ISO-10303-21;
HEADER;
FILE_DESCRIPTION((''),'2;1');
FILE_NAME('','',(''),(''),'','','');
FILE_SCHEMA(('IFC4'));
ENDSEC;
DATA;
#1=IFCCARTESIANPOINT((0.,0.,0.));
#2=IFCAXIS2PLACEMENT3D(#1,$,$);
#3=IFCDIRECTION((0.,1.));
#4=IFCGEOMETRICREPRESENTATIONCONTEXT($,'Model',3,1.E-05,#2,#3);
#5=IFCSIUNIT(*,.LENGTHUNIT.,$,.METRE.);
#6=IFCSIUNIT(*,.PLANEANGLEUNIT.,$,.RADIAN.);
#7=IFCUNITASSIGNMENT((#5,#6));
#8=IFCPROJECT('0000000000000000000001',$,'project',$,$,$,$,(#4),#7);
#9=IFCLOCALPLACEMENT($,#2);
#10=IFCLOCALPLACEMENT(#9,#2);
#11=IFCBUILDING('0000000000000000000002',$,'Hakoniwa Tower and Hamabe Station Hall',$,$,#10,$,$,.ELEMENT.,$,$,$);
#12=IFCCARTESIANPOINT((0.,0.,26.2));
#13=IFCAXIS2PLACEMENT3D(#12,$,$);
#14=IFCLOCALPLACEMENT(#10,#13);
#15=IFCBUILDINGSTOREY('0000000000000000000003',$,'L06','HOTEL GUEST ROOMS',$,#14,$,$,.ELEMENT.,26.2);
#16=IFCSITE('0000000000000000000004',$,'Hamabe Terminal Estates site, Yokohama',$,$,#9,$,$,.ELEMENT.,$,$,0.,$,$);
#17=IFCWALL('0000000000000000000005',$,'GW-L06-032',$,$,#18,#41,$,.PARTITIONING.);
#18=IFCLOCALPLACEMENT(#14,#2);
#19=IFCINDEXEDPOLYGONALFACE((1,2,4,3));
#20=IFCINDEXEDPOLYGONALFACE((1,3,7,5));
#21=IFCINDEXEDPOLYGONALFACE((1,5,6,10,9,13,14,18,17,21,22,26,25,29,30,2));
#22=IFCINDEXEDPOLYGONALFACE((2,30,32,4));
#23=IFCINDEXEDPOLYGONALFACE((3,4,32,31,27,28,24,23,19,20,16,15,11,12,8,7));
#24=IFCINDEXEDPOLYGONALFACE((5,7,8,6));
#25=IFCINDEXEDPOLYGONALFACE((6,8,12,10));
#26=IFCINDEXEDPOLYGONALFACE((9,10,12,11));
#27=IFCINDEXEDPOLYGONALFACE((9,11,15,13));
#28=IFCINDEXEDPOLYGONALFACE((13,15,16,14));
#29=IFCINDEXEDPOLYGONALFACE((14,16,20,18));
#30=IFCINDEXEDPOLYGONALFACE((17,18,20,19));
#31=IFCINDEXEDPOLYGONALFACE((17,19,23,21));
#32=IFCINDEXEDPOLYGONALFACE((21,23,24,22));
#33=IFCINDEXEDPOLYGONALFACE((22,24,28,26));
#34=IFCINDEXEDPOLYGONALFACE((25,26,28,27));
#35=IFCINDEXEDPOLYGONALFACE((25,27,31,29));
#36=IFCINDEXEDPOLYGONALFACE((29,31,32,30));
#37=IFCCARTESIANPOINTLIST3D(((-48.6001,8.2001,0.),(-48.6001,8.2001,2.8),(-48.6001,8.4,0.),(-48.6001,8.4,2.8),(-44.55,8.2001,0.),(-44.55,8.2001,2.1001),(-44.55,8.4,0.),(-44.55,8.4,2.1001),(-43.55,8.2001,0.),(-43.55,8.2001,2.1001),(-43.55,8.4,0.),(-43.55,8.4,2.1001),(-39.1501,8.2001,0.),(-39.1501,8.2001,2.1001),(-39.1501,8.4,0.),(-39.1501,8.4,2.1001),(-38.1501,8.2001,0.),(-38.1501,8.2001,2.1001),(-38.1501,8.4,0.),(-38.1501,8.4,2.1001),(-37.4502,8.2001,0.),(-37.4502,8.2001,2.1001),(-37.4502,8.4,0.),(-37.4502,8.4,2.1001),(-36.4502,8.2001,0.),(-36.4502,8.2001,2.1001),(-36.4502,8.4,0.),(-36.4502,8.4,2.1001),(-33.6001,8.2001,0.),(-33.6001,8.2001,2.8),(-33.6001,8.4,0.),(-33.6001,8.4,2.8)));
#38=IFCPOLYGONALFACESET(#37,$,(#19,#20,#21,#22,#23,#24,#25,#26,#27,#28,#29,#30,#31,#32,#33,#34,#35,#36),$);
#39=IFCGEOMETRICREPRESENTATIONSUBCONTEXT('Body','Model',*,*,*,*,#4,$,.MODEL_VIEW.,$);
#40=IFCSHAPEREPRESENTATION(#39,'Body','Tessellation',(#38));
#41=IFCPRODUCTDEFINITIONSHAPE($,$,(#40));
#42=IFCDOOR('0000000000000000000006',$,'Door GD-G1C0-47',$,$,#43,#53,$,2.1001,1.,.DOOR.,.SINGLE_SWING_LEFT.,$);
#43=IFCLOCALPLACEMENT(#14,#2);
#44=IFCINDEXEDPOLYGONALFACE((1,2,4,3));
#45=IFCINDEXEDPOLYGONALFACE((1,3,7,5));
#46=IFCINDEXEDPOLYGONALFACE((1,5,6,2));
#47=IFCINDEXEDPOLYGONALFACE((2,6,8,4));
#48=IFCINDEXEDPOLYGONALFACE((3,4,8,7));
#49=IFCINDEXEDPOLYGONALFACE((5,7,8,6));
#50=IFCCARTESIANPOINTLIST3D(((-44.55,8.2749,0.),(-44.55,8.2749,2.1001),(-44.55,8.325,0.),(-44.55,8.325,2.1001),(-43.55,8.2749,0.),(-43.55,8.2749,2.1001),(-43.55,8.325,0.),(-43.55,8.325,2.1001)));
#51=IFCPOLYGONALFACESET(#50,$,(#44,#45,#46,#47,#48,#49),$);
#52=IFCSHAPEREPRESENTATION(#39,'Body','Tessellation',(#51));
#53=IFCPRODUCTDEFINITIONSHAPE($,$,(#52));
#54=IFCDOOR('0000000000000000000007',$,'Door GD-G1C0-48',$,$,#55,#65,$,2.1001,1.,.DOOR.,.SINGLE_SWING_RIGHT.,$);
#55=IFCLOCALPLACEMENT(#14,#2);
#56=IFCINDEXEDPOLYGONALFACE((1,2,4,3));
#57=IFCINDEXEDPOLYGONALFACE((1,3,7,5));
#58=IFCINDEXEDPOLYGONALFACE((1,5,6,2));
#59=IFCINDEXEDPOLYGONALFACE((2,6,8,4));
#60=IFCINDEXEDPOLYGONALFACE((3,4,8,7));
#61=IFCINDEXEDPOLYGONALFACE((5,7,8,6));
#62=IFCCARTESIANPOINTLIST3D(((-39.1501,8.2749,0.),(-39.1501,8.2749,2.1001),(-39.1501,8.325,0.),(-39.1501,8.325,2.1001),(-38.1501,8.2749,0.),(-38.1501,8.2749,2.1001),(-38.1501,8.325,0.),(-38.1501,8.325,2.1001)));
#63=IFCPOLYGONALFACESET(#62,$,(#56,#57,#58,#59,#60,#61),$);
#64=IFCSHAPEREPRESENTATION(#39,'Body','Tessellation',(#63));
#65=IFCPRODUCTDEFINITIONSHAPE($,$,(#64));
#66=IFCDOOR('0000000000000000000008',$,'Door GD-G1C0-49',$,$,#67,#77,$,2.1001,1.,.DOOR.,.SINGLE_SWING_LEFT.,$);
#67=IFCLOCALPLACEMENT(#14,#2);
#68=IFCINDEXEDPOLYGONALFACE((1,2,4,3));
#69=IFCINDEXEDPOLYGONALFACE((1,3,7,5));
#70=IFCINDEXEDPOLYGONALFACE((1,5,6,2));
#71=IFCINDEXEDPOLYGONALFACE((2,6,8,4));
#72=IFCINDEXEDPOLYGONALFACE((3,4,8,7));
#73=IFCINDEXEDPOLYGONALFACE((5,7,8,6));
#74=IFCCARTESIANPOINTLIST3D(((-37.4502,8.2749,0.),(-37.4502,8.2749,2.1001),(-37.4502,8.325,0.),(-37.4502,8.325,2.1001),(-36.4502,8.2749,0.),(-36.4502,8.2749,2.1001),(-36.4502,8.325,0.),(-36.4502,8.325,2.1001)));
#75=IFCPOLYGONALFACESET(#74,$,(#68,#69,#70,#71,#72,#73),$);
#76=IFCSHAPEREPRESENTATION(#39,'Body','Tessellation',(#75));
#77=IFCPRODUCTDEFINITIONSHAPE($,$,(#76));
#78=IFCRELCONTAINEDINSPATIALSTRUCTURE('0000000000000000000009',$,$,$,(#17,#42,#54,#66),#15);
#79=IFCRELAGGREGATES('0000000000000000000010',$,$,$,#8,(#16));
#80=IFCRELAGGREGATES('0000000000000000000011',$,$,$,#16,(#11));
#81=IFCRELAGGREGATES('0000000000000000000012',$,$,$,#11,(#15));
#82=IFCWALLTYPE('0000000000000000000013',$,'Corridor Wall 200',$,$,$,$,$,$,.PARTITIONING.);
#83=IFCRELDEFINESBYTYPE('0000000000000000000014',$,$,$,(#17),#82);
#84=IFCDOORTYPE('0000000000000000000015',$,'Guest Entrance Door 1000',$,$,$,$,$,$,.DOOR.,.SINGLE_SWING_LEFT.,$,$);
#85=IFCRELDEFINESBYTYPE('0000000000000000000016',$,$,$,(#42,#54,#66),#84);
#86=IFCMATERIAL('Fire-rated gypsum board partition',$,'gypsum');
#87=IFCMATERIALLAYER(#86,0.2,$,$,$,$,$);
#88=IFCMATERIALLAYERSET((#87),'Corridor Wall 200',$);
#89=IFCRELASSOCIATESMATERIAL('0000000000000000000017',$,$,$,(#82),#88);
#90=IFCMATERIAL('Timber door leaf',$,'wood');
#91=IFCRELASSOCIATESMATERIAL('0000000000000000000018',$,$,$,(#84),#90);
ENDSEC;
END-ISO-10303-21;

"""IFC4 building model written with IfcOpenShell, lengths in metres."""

from ifc_helpers import new_model, si_unit, direction, frame, frame_2d, origin, place, context, subcontext, project, spatial, rectangle, extrude, material, layer, layer_set, type_object, element, fill, save


model = new_model("IFC4")

# Units and contexts
model_context = context("Model", 3, precision=1e-05, world=origin(), true_north=direction((0.0, 1.0)))
body_context = subcontext(model_context, "Body", "Model", "MODEL_VIEW")
ifc_project = project(units=[si_unit("LENGTHUNIT", "METRE"), si_unit("PLANEANGLEUNIT", "RADIAN")], contexts=[model_context])

# Site, building, storey
site_placement = place(None, origin())
site = spatial("IfcSite", under=ifc_project, at=site_placement, Name="Hamabe Terminal Estates site, Yokohama", CompositionType="ELEMENT", RefElevation=0.0)
building_placement = place(site_placement, origin())
building = spatial("IfcBuilding", under=site, at=building_placement, Name="Hakoniwa Tower and Hamabe Station Hall", CompositionType="ELEMENT")
storey_placement = place(building_placement, frame((0.0, 0.0, 26.2)))
storey = spatial("IfcBuildingStorey", under=building, at=storey_placement, Name="L06", Description="HOTEL GUEST ROOMS", CompositionType="ELEMENT", Elevation=26.2)

# Wall, openings, doors
ifc_material_1 = material(Name="Fire-rated gypsum board partition", Category="gypsum")
ifc_layer_1 = layer(ifc_material_1, 0.2)
ifc_layer_set_1 = layer_set([ifc_layer_1], Name="Corridor Wall 200")
wall_type_1 = type_object("IfcWallType", Name="Corridor Wall 200", PredefinedType="PARTITIONING", material=ifc_layer_set_1)
wall_1_placement = place(storey_placement, frame((-48.6001, 8.3, 0.0), z_axis=(0.0, 0.0, 1.0), x_axis=(1.0, 0.0, 0.0)))
wall_1 = element("IfcWall", 1, at=wall_1_placement, inside=storey, type_object=wall_type_1, Name="GW-L06-032", PredefinedType="PARTITIONING", context=body_context, shape_type="SweptSolid", body=[
    extrude(rectangle(XDim=15.0, YDim=0.2, at=frame_2d((7.5, 0.0))), origin(), (0.0, 0.0, 1.0), 2.8),
])
opening_1_placement = place(wall_1_placement, frame((4.05, 0.0, 0.0)))
opening_1 = element("IfcOpeningElement", 2, at=opening_1_placement, cuts=wall_1, PredefinedType="OPENING", context=body_context, shape_type="SweptSolid", body=[
    extrude(rectangle(XDim=1.0, YDim=2.1001, at=frame_2d((0.5, 1.05))), frame((0.0, 0.1099, 0.0), z_axis=(0.0, -1.0, 0.0), x_axis=(1.0, 0.0, 0.0)), (0.0, 0.0, 1.0), 0.22),
])
opening_2_placement = place(wall_1_placement, frame((9.45, 0.0, 0.0)))
opening_2 = element("IfcOpeningElement", 3, at=opening_2_placement, cuts=wall_1, PredefinedType="OPENING", context=body_context, shape_type="SweptSolid", body=[
    extrude(rectangle(XDim=1.0, YDim=2.1001, at=frame_2d((0.5, 1.05))), frame((0.0, 0.1099, 0.0), z_axis=(0.0, -1.0, 0.0), x_axis=(1.0, 0.0, 0.0)), (0.0, 0.0, 1.0), 0.22),
])
opening_3_placement = place(wall_1_placement, frame((11.1499, 0.0, 0.0)))
opening_3 = element("IfcOpeningElement", 4, at=opening_3_placement, cuts=wall_1, PredefinedType="OPENING", context=body_context, shape_type="SweptSolid", body=[
    extrude(rectangle(XDim=1.0, YDim=2.1001, at=frame_2d((0.5, 1.05))), frame((0.0, 0.1099, 0.0), z_axis=(0.0, -1.0, 0.0), x_axis=(1.0, 0.0, 0.0)), (0.0, 0.0, 1.0), 0.22),
])
ifc_material_2 = material(Name="Timber door leaf", Category="wood")
door_type_1 = type_object("IfcDoorType", Name="Guest Entrance Door 1000", OperationType="SINGLE_SWING_LEFT", PredefinedType="DOOR", material=ifc_material_2)
door_1_placement = place(opening_1_placement, origin())
door_1 = element("IfcDoor", 5, at=door_1_placement, inside=storey, type_object=door_type_1, Name="Door GD-G1C0-47", OperationType="SINGLE_SWING_LEFT", OverallHeight=2.1001, OverallWidth=1.0, PredefinedType="DOOR", context=body_context, shape_type="SweptSolid", body=[
    extrude(rectangle(XDim=1.0, YDim=2.1001, at=frame_2d((0.5, 1.05))), frame((0.0, 0.0249, 0.0), z_axis=(0.0, -1.0, 0.0), x_axis=(1.0, 0.0, 0.0)), (0.0, 0.0, 1.0), 0.05),
])
fill(opening_1, door_1)
door_2_placement = place(opening_2_placement, origin())
door_2 = element("IfcDoor", 6, at=door_2_placement, inside=storey, type_object=door_type_1, Name="Door GD-G1C0-48", OperationType="SINGLE_SWING_RIGHT", OverallHeight=2.1001, OverallWidth=1.0, PredefinedType="DOOR", context=body_context, shape_type="SweptSolid", body=[
    extrude(rectangle(XDim=1.0, YDim=2.1001, at=frame_2d((0.5, 1.05))), frame((0.0, 0.0249, 0.0), z_axis=(0.0, -1.0, 0.0), x_axis=(1.0, 0.0, 0.0)), (0.0, 0.0, 1.0), 0.05),
])
fill(opening_2, door_2)
door_3_placement = place(opening_3_placement, origin())
door_3 = element("IfcDoor", 7, at=door_3_placement, inside=storey, type_object=door_type_1, Name="Door GD-G1C0-49", OperationType="SINGLE_SWING_LEFT", OverallHeight=2.1001, OverallWidth=1.0, PredefinedType="DOOR", context=body_context, shape_type="SweptSolid", body=[
    extrude(rectangle(XDim=1.0, YDim=2.1001, at=frame_2d((0.5, 1.05))), frame((0.0, 0.0249, 0.0), z_axis=(0.0, -1.0, 0.0), x_axis=(1.0, 0.0, 0.0)), (0.0, 0.0, 1.0), 0.05),
])
fill(opening_3, door_3)

save(model, "model.ifc")
